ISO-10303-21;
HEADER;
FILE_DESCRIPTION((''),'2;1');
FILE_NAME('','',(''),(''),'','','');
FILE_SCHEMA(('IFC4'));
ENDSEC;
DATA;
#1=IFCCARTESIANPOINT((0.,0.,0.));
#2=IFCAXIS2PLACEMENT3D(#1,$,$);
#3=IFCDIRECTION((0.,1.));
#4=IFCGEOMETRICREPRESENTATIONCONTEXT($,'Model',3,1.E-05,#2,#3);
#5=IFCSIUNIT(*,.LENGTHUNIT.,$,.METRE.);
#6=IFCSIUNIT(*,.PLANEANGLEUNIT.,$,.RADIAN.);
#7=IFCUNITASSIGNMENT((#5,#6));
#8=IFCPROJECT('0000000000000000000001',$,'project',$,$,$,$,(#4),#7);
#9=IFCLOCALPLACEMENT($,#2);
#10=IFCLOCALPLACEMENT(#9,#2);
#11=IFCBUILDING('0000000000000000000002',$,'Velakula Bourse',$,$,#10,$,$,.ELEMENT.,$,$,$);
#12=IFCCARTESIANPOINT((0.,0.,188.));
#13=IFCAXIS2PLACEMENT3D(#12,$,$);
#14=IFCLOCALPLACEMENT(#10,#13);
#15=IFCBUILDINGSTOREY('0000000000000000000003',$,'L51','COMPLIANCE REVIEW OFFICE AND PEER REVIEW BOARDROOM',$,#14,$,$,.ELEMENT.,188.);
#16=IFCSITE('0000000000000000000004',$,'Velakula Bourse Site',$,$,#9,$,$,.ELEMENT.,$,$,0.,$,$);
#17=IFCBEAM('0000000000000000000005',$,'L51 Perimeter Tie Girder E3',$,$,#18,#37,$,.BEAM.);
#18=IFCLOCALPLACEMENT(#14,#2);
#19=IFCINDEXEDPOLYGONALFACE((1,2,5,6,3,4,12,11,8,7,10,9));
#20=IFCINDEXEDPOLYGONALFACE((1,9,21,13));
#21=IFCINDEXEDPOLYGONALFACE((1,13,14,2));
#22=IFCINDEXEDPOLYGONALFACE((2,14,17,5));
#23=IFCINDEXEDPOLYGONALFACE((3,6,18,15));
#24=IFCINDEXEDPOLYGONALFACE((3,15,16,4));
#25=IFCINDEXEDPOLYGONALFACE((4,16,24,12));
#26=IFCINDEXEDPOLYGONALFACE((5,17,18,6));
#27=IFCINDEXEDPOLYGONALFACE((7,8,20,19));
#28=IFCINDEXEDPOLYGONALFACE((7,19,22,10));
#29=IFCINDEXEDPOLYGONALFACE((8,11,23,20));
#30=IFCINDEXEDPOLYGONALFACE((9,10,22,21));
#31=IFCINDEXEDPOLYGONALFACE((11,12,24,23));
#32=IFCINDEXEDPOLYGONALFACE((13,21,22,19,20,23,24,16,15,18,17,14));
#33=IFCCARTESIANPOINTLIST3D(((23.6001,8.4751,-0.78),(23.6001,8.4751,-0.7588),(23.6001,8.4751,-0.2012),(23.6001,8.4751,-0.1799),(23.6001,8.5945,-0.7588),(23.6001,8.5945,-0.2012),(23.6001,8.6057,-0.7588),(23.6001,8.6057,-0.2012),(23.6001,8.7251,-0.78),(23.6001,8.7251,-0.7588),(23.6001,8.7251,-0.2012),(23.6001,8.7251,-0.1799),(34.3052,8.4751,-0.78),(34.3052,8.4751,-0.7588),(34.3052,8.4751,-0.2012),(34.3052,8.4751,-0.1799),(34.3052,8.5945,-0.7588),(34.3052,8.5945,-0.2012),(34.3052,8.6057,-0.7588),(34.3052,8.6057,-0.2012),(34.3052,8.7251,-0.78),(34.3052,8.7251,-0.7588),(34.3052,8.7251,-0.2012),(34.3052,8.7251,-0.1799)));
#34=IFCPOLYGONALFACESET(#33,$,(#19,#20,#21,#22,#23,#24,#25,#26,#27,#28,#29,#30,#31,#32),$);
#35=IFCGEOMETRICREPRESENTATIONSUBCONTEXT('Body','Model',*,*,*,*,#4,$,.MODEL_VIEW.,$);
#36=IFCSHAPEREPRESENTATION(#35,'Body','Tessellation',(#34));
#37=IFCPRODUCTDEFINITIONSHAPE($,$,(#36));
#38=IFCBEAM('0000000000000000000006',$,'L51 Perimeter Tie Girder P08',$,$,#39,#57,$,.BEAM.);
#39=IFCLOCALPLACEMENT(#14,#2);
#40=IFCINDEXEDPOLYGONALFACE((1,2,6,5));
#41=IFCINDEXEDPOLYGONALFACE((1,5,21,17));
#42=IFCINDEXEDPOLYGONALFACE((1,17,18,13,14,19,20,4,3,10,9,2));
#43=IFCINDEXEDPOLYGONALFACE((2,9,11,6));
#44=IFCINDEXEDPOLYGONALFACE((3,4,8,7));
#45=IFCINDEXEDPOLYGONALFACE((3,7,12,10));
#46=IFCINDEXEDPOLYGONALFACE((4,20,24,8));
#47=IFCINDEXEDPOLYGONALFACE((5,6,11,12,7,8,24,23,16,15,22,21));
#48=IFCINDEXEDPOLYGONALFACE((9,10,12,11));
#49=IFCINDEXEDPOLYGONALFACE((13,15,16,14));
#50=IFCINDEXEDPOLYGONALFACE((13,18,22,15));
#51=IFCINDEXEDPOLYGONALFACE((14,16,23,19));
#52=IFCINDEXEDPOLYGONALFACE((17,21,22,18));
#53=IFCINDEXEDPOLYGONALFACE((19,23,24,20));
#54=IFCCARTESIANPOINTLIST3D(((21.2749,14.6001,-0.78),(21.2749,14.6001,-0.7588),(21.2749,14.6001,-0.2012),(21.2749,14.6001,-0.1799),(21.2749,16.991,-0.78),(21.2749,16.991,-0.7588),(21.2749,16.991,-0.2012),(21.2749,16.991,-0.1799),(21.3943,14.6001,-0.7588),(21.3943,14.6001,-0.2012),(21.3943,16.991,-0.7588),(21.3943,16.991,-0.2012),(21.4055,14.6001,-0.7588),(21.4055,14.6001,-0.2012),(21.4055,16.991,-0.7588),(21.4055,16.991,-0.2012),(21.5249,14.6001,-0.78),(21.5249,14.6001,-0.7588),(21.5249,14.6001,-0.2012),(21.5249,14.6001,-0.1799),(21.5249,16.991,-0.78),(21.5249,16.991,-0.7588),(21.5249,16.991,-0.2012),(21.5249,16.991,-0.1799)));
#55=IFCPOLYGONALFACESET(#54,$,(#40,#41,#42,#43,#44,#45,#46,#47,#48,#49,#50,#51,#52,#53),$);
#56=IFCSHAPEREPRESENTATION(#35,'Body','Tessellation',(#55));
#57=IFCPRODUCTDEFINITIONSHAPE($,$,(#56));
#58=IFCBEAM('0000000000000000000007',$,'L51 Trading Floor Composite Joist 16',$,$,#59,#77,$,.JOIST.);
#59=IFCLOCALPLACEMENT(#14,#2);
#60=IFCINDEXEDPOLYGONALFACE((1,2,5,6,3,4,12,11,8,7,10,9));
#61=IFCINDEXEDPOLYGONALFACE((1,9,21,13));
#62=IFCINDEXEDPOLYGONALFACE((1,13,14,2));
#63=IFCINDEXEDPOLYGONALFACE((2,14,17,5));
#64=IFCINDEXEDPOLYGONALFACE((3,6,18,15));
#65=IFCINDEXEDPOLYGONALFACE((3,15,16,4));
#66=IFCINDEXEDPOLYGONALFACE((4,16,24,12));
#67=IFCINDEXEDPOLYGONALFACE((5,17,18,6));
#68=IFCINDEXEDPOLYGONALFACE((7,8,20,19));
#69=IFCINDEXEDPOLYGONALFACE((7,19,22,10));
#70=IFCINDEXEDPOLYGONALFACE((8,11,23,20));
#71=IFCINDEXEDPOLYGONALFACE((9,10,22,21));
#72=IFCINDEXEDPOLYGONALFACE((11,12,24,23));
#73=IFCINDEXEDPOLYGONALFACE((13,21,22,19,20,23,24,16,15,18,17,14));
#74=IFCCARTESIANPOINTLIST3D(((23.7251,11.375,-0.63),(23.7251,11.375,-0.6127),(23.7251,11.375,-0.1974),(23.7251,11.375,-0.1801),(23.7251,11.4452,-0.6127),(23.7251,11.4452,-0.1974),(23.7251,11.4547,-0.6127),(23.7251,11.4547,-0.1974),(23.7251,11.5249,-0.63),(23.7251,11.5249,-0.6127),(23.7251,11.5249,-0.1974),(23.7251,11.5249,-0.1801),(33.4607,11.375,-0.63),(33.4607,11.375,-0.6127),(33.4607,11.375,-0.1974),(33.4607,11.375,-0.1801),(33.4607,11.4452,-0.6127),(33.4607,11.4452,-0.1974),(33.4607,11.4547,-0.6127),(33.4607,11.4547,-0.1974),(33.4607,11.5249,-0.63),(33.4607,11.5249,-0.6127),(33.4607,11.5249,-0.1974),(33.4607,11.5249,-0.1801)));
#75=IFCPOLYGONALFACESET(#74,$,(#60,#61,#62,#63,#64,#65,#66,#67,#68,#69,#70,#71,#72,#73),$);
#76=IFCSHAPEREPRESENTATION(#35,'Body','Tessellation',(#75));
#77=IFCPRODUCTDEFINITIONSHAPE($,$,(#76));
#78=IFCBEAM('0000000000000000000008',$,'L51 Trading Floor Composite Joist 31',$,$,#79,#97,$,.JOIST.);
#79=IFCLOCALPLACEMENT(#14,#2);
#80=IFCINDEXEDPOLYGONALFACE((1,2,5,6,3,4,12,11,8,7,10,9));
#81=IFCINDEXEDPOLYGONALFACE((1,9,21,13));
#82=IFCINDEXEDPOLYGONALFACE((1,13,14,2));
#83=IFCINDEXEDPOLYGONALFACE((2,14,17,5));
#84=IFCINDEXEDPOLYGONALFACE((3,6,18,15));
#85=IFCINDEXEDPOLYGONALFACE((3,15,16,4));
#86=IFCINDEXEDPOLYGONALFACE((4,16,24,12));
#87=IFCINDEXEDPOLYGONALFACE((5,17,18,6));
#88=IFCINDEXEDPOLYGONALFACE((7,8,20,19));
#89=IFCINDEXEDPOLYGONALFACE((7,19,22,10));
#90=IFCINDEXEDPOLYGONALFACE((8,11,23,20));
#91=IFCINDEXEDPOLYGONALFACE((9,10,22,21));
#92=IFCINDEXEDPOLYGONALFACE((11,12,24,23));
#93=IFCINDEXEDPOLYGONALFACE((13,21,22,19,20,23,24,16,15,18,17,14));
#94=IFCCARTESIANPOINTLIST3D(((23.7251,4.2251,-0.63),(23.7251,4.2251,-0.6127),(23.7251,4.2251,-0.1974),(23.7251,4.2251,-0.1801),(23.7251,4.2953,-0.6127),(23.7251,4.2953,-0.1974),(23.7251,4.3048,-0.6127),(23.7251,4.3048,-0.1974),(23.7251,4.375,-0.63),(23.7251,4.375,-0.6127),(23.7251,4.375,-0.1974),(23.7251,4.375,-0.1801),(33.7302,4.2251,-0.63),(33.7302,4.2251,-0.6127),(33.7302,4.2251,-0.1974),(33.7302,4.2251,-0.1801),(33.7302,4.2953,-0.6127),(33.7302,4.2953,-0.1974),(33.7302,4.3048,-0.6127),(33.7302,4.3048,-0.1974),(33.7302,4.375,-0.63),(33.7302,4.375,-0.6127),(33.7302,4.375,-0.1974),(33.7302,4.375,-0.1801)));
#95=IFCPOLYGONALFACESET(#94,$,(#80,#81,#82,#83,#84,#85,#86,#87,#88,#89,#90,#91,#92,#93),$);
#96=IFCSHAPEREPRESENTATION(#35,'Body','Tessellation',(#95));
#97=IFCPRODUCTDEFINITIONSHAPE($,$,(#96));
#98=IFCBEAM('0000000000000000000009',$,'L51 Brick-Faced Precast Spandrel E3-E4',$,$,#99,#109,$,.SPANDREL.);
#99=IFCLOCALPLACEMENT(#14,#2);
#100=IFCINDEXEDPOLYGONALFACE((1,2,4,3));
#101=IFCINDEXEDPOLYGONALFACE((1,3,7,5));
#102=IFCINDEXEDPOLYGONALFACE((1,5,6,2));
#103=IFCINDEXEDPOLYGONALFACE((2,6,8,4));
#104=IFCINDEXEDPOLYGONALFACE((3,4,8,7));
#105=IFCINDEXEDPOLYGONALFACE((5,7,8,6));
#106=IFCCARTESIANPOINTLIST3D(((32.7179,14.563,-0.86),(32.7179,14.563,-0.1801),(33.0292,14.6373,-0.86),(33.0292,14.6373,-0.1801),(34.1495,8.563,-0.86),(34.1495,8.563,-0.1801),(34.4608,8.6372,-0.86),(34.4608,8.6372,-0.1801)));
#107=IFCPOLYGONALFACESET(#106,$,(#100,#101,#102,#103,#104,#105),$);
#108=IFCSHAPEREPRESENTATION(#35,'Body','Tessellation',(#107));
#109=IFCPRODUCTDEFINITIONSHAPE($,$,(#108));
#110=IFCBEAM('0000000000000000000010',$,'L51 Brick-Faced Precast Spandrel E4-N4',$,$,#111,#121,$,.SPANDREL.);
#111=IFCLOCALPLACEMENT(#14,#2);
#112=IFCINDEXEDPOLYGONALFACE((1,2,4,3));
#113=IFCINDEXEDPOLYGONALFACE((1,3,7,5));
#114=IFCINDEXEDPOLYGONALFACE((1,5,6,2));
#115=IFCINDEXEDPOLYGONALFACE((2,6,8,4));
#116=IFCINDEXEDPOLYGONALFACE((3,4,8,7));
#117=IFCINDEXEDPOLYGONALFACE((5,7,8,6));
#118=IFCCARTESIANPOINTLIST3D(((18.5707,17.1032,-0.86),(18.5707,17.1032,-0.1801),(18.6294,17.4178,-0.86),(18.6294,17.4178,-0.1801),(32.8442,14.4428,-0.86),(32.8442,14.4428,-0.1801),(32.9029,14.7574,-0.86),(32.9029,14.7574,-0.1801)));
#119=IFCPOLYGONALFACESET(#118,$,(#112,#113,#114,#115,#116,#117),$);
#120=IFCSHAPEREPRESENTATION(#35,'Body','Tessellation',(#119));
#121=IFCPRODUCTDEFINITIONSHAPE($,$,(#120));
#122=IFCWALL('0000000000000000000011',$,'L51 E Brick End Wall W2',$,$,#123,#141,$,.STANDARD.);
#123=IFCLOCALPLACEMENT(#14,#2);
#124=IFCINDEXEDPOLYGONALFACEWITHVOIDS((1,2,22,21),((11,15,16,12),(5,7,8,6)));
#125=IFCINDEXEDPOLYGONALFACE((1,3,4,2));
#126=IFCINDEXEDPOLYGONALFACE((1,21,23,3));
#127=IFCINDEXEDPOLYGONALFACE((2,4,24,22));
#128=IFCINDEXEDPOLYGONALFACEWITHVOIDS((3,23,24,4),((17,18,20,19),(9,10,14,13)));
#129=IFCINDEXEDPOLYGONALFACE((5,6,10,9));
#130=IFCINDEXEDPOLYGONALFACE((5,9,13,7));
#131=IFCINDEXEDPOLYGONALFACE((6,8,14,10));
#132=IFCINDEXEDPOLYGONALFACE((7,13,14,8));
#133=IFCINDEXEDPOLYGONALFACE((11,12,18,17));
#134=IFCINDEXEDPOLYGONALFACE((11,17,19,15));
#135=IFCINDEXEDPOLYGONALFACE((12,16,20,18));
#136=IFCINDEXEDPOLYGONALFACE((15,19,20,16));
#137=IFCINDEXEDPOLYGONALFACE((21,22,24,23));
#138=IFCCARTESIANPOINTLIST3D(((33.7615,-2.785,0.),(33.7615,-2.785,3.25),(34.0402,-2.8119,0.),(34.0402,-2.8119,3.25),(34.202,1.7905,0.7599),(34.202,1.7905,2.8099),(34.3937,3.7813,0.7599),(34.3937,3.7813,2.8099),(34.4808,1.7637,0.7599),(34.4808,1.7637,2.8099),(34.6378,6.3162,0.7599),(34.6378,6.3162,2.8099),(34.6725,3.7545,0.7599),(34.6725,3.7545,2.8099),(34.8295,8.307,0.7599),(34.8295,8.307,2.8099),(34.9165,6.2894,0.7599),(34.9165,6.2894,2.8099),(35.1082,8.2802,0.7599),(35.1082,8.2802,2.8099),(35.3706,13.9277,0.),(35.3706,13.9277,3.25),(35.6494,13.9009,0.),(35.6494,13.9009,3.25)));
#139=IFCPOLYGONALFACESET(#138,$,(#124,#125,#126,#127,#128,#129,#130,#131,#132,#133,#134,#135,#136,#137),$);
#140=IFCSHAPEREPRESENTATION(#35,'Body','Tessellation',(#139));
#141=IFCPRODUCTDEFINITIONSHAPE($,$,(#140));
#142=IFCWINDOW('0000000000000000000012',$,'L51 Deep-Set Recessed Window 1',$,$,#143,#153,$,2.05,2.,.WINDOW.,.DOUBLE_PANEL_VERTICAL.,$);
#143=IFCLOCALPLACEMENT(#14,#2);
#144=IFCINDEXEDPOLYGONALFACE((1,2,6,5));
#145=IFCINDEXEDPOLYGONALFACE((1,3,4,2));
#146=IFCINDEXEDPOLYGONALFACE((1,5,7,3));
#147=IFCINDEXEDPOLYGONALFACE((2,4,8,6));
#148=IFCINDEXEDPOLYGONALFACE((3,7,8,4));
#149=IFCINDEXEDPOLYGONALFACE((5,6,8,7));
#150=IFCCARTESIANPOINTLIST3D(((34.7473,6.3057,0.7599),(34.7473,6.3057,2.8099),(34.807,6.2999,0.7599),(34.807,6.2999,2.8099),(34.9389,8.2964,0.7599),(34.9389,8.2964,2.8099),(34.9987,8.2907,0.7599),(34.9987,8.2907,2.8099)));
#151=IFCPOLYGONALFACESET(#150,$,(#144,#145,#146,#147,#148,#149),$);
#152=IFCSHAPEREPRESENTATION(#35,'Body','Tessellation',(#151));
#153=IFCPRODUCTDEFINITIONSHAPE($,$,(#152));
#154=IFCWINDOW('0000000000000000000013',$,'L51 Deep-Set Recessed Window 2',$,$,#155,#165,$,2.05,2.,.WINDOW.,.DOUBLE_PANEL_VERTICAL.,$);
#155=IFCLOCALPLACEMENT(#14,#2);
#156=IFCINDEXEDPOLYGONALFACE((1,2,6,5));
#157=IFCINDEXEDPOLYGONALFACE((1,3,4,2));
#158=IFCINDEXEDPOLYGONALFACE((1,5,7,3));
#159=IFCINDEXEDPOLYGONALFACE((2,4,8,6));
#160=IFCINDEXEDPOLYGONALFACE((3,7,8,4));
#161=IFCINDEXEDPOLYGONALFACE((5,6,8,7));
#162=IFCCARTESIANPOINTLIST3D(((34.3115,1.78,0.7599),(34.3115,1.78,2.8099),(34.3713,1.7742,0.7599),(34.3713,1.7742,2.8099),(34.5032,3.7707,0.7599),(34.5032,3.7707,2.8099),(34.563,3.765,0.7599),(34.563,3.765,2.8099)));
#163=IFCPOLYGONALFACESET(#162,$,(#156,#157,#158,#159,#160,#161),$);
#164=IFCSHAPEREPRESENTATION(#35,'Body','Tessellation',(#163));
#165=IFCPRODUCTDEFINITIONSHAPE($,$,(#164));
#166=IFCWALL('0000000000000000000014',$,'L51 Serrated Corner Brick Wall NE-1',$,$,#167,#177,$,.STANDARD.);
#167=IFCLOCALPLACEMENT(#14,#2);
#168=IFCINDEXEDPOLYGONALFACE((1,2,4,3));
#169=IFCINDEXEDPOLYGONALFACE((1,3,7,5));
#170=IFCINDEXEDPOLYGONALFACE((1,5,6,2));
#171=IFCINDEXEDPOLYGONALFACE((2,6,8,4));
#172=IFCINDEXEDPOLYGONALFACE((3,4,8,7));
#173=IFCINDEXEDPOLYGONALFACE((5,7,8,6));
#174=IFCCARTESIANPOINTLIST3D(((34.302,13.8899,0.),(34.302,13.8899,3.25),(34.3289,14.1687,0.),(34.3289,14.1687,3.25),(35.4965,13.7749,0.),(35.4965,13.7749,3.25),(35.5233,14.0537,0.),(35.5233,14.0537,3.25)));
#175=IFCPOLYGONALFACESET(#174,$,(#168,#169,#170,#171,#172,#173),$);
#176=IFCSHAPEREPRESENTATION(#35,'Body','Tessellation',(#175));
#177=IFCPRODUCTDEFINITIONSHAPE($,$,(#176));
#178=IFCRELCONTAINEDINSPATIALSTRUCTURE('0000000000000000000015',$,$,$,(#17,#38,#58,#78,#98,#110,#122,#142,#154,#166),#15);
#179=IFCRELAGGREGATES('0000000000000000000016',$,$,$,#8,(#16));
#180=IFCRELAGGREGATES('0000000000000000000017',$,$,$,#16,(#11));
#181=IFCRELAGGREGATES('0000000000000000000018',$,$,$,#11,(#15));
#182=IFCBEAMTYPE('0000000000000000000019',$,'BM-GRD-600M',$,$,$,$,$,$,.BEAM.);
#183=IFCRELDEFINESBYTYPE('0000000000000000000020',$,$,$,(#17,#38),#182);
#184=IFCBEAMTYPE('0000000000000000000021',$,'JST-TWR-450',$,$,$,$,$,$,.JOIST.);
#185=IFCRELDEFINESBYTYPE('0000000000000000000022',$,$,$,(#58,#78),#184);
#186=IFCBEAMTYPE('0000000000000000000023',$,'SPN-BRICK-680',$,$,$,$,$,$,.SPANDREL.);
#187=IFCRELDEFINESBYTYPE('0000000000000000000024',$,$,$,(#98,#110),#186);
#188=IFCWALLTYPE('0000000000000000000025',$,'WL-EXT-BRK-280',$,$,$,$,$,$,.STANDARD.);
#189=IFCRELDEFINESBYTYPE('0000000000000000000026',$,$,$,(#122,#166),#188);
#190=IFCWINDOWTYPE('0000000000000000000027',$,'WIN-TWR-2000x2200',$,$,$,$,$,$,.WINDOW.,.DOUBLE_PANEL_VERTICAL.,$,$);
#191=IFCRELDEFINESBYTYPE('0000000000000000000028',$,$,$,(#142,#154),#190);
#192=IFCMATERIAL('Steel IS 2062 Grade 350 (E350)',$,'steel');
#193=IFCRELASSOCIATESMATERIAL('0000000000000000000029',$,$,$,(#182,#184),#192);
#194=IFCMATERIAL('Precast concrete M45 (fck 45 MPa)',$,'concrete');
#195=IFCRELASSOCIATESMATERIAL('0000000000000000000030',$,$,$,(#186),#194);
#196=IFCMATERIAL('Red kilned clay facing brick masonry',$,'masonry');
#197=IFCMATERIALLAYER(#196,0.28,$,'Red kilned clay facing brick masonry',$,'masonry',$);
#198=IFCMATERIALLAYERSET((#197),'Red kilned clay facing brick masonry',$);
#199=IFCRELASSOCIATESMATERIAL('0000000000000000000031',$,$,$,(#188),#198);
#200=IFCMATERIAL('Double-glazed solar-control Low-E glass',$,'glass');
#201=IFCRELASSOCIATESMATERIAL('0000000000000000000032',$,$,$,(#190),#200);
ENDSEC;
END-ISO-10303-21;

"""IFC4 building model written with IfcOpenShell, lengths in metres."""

from ifc_helpers import new_model, si_unit, direction, frame, frame_2d, origin, origin_2d, place, context, subcontext, project, spatial, rectangle, i_section, extrude, material, layer, layer_set, material_profile, profile_set, type_object, element, fill, save


model = new_model("IFC4")

# Units and contexts
model_context = context("Model", 3, precision=1e-05, world=origin(), true_north=direction((0.0, 1.0)))
body_context = subcontext(model_context, "Body", "Model", "MODEL_VIEW")
ifc_project = project(units=[si_unit("LENGTHUNIT", "METRE"), si_unit("PLANEANGLEUNIT", "RADIAN")], contexts=[model_context])

# Site, building, storey
site_placement = place(None, origin())
site = spatial("IfcSite", under=ifc_project, at=site_placement, Name="Velakula Bourse Site", CompositionType="ELEMENT", RefElevation=0.0)
building_placement = place(site_placement, origin())
building = spatial("IfcBuilding", under=site, at=building_placement, Name="Velakula Bourse", CompositionType="ELEMENT")
storey_placement = place(building_placement, frame((0.0, 0.0, 188.0)))
storey = spatial("IfcBuildingStorey", under=building, at=storey_placement, Name="L51", Description="COMPLIANCE REVIEW OFFICE AND PEER REVIEW BOARDROOM", CompositionType="ELEMENT", Elevation=188.0)

# Shared definitions
ifc_material_1 = material(Name="Steel IS 2062 Grade 350 (E350)", Category="steel")
ifc_material_2 = material(Name="Precast concrete M45 (fck 45 MPa)", Category="concrete")

# Beams
ifc_material_profile_1 = material_profile(ifc_material_1, i_section(OverallWidth=0.25, OverallDepth=0.6001, WebThickness=0.0112, FlangeThickness=0.0212, at=origin_2d()), Name="Steel IS 2062 Grade 350 (E350)")
ifc_profile_set_1 = profile_set([ifc_material_profile_1], Name="Steel IS 2062 Grade 350 (E350)")
beam_type_1 = type_object("IfcBeamType", Name="BM-GRD-600M", PredefinedType="BEAM", material=ifc_profile_set_1)
beam_1_placement = place(storey_placement, frame((23.6001, 8.6001, -0.48), z_axis=(1.0, 0.0, 0.0), x_axis=(0.0, 1.0, 0.0)))
element("IfcBeam", 1, at=beam_1_placement, inside=storey, type_object=beam_type_1, Name="L51 Perimeter Tie Girder E3", PredefinedType="BEAM", context=body_context, shape_type="SweptSolid", body=[
    extrude(i_section(OverallWidth=0.25, OverallDepth=0.6001, WebThickness=0.0112, FlangeThickness=0.0212, at=origin_2d()), origin(), (0.0, 0.0, 1.0), 10.7051),
])
beam_2_placement = place(storey_placement, frame((21.3999, 14.6001, -0.48), z_axis=(0.0, 1.0, 0.0), x_axis=(-1.0, 0.0, 0.0)))
element("IfcBeam", 2, at=beam_2_placement, inside=storey, type_object=beam_type_1, Name="L51 Perimeter Tie Girder P08", PredefinedType="BEAM", context=body_context, shape_type="SweptSolid", body=[
    extrude(i_section(OverallWidth=0.25, OverallDepth=0.6001, WebThickness=0.0112, FlangeThickness=0.0212, at=origin_2d()), origin(), (0.0, 0.0, 1.0), 2.3909),
])
ifc_material_profile_2 = material_profile(ifc_material_1, i_section(OverallWidth=0.1499, OverallDepth=0.45, WebThickness=0.0095, FlangeThickness=0.0173, at=origin_2d()), Name="Steel IS 2062 Grade 350 (E350)")
ifc_profile_set_2 = profile_set([ifc_material_profile_2], Name="Steel IS 2062 Grade 350 (E350)")
beam_type_2 = type_object("IfcBeamType", Name="JST-TWR-450", PredefinedType="JOIST", material=ifc_profile_set_2)
beam_3_placement = place(storey_placement, frame((23.7251, 11.45, -0.405), z_axis=(1.0, 0.0, 0.0), x_axis=(0.0, 1.0, 0.0)))
element("IfcBeam", 3, at=beam_3_placement, inside=storey, type_object=beam_type_2, Name="L51 Trading Floor Composite Joist 16", PredefinedType="JOIST", context=body_context, shape_type="SweptSolid", body=[
    extrude(i_section(OverallWidth=0.1499, OverallDepth=0.45, WebThickness=0.0095, FlangeThickness=0.0173, at=origin_2d()), origin(), (0.0, 0.0, 1.0), 9.7356),
])
beam_4_placement = place(storey_placement, frame((23.7251, 4.3, -0.405), z_axis=(1.0, 0.0, 0.0), x_axis=(0.0, 1.0, 0.0)))
element("IfcBeam", 4, at=beam_4_placement, inside=storey, type_object=beam_type_2, Name="L51 Trading Floor Composite Joist 31", PredefinedType="JOIST", context=body_context, shape_type="SweptSolid", body=[
    extrude(i_section(OverallWidth=0.1499, OverallDepth=0.45, WebThickness=0.0095, FlangeThickness=0.0173, at=origin_2d()), origin(), (0.0, 0.0, 1.0), 10.0051),
])
ifc_material_profile_3 = material_profile(ifc_material_2, rectangle(XDim=0.3201, YDim=0.6799, at=origin_2d()), Name="Precast concrete M45 (fck 45 MPa)")
ifc_profile_set_3 = profile_set([ifc_material_profile_3], Name="Precast concrete M45 (fck 45 MPa)")
beam_type_3 = type_object("IfcBeamType", Name="SPN-BRICK-680", PredefinedType="SPANDREL", material=ifc_profile_set_3)
beam_5_placement = place(storey_placement, frame((34.3052, 8.6001, -0.52), z_axis=(-0.232091, 0.972694, 0.0), x_axis=(-0.972694, -0.232091, 0.0)))
element("IfcBeam", 5, at=beam_5_placement, inside=storey, type_object=beam_type_3, Name="L51 Brick-Faced Precast Spandrel E3-E4", PredefinedType="SPANDREL", context=body_context, shape_type="SweptSolid", body=[
    extrude(rectangle(XDim=0.3201, YDim=0.6799, at=origin_2d()), origin(), (0.0, 0.0, 1.0), 6.1685),
])
beam_6_placement = place(storey_placement, frame((32.8735, 14.6001, -0.52), z_axis=(-0.98307, 0.183233, 0.0), x_axis=(-0.183233, -0.98307, 0.0)))
element("IfcBeam", 6, at=beam_6_placement, inside=storey, type_object=beam_type_3, Name="L51 Brick-Faced Precast Spandrel E4-N4", PredefinedType="SPANDREL", context=body_context, shape_type="SweptSolid", body=[
    extrude(rectangle(XDim=0.3201, YDim=0.6799, at=origin_2d()), origin(), (0.0, 0.0, 1.0), 14.5193),
])

# Wall, openings, windows
ifc_material_3 = material(Name="Red kilned clay facing brick masonry", Category="masonry")
ifc_layer_1 = layer(ifc_material_3, 0.28, Name="Red kilned clay facing brick masonry", Category="masonry")
ifc_layer_set_1 = layer_set([ifc_layer_1], Name="Red kilned clay facing brick masonry")
wall_type_1 = type_object("IfcWallType", Name="WL-EXT-BRK-280", PredefinedType="STANDARD", material=ifc_layer_set_1)
wall_1_placement = place(storey_placement, frame((35.51, 13.9143, 0.0), z_axis=(0.0, 0.0, 1.0), x_axis=(-0.095839, -0.995397, 0.0)))
wall_1 = element("IfcWall", 7, at=wall_1_placement, inside=storey, type_object=wall_type_1, Name="L51 E Brick End Wall W2", PredefinedType="STANDARD", context=body_context, shape_type="SweptSolid", body=[
    extrude(rectangle(XDim=16.79, YDim=0.28, at=frame_2d((8.395, 0.0))), origin(), (0.0, 0.0, 1.0), 3.25),
])
opening_1_placement = place(wall_1_placement, frame((5.6467, 0.0, 0.76)))
opening_1 = element("IfcOpeningElement", 8, at=opening_1_placement, cuts=wall_1, PredefinedType="OPENING", context=body_context, shape_type="SweptSolid", body=[
    extrude(rectangle(XDim=2.0, YDim=2.05, at=frame_2d((1.0, 1.0249))), frame((0.0, 0.1499, 0.0), z_axis=(0.0, -1.0, 0.0), x_axis=(1.0, 0.0, 0.0)), (0.0, 0.0, 1.0), 0.3),
])
opening_2_placement = place(wall_1_placement, frame((10.1934, 0.0, 0.76)))
opening_2 = element("IfcOpeningElement", 9, at=opening_2_placement, cuts=wall_1, PredefinedType="OPENING", context=body_context, shape_type="SweptSolid", body=[
    extrude(rectangle(XDim=2.0, YDim=2.05, at=frame_2d((1.0, 1.0249))), frame((0.0, 0.1499, 0.0), z_axis=(0.0, -1.0, 0.0), x_axis=(1.0, 0.0, 0.0)), (0.0, 0.0, 1.0), 0.3),
])
ifc_material_4 = material(Name="Double-glazed solar-control Low-E glass", Category="glass")
window_type = type_object("IfcWindowType", Name="WIN-TWR-2000x2200", PartitioningType="DOUBLE_PANEL_VERTICAL", PredefinedType="WINDOW", material=ifc_material_4)
window_1_placement = place(opening_1_placement, origin())
window_1 = element("IfcWindow", 10, at=window_1_placement, inside=storey, type_object=window_type, Name="L51 Deep-Set Recessed Window 1", OverallHeight=2.05, OverallWidth=2.0, PartitioningType="DOUBLE_PANEL_VERTICAL", PredefinedType="WINDOW", context=body_context, shape_type="SweptSolid", body=[
    extrude(rectangle(XDim=2.0, YDim=2.05, at=frame_2d((1.0, 1.0249))), frame((0.0, 0.03, 0.0), z_axis=(0.0, -1.0, 0.0), x_axis=(1.0, 0.0, 0.0)), (0.0, 0.0, 1.0), 0.0601),
])
fill(opening_1, window_1)
window_2_placement = place(opening_2_placement, origin())
window_2 = element("IfcWindow", 11, at=window_2_placement, inside=storey, type_object=window_type, Name="L51 Deep-Set Recessed Window 2", OverallHeight=2.05, OverallWidth=2.0, PartitioningType="DOUBLE_PANEL_VERTICAL", PredefinedType="WINDOW", context=body_context, shape_type="SweptSolid", body=[
    extrude(rectangle(XDim=2.0, YDim=2.05, at=frame_2d((1.0, 1.0249))), frame((0.0, 0.03, 0.0), z_axis=(0.0, -1.0, 0.0), x_axis=(1.0, 0.0, 0.0)), (0.0, 0.0, 1.0), 0.0601),
])
fill(opening_2, window_2)

# Wall
wall_2_placement = place(storey_placement, frame((35.51, 13.9143, 0.0), z_axis=(0.0, 0.0, 1.0), x_axis=(-0.995397, 0.095836, 0.0)))
element("IfcWall", 12, at=wall_2_placement, inside=storey, type_object=wall_type_1, Name="L51 Serrated Corner Brick Wall NE-1", PredefinedType="STANDARD", context=body_context, shape_type="SweptSolid", body=[
    extrude(rectangle(XDim=1.2, YDim=0.28, at=frame_2d((0.6001, 0.0))), origin(), (0.0, 0.0, 1.0), 3.25),
])

save(model, "model.ifc")
